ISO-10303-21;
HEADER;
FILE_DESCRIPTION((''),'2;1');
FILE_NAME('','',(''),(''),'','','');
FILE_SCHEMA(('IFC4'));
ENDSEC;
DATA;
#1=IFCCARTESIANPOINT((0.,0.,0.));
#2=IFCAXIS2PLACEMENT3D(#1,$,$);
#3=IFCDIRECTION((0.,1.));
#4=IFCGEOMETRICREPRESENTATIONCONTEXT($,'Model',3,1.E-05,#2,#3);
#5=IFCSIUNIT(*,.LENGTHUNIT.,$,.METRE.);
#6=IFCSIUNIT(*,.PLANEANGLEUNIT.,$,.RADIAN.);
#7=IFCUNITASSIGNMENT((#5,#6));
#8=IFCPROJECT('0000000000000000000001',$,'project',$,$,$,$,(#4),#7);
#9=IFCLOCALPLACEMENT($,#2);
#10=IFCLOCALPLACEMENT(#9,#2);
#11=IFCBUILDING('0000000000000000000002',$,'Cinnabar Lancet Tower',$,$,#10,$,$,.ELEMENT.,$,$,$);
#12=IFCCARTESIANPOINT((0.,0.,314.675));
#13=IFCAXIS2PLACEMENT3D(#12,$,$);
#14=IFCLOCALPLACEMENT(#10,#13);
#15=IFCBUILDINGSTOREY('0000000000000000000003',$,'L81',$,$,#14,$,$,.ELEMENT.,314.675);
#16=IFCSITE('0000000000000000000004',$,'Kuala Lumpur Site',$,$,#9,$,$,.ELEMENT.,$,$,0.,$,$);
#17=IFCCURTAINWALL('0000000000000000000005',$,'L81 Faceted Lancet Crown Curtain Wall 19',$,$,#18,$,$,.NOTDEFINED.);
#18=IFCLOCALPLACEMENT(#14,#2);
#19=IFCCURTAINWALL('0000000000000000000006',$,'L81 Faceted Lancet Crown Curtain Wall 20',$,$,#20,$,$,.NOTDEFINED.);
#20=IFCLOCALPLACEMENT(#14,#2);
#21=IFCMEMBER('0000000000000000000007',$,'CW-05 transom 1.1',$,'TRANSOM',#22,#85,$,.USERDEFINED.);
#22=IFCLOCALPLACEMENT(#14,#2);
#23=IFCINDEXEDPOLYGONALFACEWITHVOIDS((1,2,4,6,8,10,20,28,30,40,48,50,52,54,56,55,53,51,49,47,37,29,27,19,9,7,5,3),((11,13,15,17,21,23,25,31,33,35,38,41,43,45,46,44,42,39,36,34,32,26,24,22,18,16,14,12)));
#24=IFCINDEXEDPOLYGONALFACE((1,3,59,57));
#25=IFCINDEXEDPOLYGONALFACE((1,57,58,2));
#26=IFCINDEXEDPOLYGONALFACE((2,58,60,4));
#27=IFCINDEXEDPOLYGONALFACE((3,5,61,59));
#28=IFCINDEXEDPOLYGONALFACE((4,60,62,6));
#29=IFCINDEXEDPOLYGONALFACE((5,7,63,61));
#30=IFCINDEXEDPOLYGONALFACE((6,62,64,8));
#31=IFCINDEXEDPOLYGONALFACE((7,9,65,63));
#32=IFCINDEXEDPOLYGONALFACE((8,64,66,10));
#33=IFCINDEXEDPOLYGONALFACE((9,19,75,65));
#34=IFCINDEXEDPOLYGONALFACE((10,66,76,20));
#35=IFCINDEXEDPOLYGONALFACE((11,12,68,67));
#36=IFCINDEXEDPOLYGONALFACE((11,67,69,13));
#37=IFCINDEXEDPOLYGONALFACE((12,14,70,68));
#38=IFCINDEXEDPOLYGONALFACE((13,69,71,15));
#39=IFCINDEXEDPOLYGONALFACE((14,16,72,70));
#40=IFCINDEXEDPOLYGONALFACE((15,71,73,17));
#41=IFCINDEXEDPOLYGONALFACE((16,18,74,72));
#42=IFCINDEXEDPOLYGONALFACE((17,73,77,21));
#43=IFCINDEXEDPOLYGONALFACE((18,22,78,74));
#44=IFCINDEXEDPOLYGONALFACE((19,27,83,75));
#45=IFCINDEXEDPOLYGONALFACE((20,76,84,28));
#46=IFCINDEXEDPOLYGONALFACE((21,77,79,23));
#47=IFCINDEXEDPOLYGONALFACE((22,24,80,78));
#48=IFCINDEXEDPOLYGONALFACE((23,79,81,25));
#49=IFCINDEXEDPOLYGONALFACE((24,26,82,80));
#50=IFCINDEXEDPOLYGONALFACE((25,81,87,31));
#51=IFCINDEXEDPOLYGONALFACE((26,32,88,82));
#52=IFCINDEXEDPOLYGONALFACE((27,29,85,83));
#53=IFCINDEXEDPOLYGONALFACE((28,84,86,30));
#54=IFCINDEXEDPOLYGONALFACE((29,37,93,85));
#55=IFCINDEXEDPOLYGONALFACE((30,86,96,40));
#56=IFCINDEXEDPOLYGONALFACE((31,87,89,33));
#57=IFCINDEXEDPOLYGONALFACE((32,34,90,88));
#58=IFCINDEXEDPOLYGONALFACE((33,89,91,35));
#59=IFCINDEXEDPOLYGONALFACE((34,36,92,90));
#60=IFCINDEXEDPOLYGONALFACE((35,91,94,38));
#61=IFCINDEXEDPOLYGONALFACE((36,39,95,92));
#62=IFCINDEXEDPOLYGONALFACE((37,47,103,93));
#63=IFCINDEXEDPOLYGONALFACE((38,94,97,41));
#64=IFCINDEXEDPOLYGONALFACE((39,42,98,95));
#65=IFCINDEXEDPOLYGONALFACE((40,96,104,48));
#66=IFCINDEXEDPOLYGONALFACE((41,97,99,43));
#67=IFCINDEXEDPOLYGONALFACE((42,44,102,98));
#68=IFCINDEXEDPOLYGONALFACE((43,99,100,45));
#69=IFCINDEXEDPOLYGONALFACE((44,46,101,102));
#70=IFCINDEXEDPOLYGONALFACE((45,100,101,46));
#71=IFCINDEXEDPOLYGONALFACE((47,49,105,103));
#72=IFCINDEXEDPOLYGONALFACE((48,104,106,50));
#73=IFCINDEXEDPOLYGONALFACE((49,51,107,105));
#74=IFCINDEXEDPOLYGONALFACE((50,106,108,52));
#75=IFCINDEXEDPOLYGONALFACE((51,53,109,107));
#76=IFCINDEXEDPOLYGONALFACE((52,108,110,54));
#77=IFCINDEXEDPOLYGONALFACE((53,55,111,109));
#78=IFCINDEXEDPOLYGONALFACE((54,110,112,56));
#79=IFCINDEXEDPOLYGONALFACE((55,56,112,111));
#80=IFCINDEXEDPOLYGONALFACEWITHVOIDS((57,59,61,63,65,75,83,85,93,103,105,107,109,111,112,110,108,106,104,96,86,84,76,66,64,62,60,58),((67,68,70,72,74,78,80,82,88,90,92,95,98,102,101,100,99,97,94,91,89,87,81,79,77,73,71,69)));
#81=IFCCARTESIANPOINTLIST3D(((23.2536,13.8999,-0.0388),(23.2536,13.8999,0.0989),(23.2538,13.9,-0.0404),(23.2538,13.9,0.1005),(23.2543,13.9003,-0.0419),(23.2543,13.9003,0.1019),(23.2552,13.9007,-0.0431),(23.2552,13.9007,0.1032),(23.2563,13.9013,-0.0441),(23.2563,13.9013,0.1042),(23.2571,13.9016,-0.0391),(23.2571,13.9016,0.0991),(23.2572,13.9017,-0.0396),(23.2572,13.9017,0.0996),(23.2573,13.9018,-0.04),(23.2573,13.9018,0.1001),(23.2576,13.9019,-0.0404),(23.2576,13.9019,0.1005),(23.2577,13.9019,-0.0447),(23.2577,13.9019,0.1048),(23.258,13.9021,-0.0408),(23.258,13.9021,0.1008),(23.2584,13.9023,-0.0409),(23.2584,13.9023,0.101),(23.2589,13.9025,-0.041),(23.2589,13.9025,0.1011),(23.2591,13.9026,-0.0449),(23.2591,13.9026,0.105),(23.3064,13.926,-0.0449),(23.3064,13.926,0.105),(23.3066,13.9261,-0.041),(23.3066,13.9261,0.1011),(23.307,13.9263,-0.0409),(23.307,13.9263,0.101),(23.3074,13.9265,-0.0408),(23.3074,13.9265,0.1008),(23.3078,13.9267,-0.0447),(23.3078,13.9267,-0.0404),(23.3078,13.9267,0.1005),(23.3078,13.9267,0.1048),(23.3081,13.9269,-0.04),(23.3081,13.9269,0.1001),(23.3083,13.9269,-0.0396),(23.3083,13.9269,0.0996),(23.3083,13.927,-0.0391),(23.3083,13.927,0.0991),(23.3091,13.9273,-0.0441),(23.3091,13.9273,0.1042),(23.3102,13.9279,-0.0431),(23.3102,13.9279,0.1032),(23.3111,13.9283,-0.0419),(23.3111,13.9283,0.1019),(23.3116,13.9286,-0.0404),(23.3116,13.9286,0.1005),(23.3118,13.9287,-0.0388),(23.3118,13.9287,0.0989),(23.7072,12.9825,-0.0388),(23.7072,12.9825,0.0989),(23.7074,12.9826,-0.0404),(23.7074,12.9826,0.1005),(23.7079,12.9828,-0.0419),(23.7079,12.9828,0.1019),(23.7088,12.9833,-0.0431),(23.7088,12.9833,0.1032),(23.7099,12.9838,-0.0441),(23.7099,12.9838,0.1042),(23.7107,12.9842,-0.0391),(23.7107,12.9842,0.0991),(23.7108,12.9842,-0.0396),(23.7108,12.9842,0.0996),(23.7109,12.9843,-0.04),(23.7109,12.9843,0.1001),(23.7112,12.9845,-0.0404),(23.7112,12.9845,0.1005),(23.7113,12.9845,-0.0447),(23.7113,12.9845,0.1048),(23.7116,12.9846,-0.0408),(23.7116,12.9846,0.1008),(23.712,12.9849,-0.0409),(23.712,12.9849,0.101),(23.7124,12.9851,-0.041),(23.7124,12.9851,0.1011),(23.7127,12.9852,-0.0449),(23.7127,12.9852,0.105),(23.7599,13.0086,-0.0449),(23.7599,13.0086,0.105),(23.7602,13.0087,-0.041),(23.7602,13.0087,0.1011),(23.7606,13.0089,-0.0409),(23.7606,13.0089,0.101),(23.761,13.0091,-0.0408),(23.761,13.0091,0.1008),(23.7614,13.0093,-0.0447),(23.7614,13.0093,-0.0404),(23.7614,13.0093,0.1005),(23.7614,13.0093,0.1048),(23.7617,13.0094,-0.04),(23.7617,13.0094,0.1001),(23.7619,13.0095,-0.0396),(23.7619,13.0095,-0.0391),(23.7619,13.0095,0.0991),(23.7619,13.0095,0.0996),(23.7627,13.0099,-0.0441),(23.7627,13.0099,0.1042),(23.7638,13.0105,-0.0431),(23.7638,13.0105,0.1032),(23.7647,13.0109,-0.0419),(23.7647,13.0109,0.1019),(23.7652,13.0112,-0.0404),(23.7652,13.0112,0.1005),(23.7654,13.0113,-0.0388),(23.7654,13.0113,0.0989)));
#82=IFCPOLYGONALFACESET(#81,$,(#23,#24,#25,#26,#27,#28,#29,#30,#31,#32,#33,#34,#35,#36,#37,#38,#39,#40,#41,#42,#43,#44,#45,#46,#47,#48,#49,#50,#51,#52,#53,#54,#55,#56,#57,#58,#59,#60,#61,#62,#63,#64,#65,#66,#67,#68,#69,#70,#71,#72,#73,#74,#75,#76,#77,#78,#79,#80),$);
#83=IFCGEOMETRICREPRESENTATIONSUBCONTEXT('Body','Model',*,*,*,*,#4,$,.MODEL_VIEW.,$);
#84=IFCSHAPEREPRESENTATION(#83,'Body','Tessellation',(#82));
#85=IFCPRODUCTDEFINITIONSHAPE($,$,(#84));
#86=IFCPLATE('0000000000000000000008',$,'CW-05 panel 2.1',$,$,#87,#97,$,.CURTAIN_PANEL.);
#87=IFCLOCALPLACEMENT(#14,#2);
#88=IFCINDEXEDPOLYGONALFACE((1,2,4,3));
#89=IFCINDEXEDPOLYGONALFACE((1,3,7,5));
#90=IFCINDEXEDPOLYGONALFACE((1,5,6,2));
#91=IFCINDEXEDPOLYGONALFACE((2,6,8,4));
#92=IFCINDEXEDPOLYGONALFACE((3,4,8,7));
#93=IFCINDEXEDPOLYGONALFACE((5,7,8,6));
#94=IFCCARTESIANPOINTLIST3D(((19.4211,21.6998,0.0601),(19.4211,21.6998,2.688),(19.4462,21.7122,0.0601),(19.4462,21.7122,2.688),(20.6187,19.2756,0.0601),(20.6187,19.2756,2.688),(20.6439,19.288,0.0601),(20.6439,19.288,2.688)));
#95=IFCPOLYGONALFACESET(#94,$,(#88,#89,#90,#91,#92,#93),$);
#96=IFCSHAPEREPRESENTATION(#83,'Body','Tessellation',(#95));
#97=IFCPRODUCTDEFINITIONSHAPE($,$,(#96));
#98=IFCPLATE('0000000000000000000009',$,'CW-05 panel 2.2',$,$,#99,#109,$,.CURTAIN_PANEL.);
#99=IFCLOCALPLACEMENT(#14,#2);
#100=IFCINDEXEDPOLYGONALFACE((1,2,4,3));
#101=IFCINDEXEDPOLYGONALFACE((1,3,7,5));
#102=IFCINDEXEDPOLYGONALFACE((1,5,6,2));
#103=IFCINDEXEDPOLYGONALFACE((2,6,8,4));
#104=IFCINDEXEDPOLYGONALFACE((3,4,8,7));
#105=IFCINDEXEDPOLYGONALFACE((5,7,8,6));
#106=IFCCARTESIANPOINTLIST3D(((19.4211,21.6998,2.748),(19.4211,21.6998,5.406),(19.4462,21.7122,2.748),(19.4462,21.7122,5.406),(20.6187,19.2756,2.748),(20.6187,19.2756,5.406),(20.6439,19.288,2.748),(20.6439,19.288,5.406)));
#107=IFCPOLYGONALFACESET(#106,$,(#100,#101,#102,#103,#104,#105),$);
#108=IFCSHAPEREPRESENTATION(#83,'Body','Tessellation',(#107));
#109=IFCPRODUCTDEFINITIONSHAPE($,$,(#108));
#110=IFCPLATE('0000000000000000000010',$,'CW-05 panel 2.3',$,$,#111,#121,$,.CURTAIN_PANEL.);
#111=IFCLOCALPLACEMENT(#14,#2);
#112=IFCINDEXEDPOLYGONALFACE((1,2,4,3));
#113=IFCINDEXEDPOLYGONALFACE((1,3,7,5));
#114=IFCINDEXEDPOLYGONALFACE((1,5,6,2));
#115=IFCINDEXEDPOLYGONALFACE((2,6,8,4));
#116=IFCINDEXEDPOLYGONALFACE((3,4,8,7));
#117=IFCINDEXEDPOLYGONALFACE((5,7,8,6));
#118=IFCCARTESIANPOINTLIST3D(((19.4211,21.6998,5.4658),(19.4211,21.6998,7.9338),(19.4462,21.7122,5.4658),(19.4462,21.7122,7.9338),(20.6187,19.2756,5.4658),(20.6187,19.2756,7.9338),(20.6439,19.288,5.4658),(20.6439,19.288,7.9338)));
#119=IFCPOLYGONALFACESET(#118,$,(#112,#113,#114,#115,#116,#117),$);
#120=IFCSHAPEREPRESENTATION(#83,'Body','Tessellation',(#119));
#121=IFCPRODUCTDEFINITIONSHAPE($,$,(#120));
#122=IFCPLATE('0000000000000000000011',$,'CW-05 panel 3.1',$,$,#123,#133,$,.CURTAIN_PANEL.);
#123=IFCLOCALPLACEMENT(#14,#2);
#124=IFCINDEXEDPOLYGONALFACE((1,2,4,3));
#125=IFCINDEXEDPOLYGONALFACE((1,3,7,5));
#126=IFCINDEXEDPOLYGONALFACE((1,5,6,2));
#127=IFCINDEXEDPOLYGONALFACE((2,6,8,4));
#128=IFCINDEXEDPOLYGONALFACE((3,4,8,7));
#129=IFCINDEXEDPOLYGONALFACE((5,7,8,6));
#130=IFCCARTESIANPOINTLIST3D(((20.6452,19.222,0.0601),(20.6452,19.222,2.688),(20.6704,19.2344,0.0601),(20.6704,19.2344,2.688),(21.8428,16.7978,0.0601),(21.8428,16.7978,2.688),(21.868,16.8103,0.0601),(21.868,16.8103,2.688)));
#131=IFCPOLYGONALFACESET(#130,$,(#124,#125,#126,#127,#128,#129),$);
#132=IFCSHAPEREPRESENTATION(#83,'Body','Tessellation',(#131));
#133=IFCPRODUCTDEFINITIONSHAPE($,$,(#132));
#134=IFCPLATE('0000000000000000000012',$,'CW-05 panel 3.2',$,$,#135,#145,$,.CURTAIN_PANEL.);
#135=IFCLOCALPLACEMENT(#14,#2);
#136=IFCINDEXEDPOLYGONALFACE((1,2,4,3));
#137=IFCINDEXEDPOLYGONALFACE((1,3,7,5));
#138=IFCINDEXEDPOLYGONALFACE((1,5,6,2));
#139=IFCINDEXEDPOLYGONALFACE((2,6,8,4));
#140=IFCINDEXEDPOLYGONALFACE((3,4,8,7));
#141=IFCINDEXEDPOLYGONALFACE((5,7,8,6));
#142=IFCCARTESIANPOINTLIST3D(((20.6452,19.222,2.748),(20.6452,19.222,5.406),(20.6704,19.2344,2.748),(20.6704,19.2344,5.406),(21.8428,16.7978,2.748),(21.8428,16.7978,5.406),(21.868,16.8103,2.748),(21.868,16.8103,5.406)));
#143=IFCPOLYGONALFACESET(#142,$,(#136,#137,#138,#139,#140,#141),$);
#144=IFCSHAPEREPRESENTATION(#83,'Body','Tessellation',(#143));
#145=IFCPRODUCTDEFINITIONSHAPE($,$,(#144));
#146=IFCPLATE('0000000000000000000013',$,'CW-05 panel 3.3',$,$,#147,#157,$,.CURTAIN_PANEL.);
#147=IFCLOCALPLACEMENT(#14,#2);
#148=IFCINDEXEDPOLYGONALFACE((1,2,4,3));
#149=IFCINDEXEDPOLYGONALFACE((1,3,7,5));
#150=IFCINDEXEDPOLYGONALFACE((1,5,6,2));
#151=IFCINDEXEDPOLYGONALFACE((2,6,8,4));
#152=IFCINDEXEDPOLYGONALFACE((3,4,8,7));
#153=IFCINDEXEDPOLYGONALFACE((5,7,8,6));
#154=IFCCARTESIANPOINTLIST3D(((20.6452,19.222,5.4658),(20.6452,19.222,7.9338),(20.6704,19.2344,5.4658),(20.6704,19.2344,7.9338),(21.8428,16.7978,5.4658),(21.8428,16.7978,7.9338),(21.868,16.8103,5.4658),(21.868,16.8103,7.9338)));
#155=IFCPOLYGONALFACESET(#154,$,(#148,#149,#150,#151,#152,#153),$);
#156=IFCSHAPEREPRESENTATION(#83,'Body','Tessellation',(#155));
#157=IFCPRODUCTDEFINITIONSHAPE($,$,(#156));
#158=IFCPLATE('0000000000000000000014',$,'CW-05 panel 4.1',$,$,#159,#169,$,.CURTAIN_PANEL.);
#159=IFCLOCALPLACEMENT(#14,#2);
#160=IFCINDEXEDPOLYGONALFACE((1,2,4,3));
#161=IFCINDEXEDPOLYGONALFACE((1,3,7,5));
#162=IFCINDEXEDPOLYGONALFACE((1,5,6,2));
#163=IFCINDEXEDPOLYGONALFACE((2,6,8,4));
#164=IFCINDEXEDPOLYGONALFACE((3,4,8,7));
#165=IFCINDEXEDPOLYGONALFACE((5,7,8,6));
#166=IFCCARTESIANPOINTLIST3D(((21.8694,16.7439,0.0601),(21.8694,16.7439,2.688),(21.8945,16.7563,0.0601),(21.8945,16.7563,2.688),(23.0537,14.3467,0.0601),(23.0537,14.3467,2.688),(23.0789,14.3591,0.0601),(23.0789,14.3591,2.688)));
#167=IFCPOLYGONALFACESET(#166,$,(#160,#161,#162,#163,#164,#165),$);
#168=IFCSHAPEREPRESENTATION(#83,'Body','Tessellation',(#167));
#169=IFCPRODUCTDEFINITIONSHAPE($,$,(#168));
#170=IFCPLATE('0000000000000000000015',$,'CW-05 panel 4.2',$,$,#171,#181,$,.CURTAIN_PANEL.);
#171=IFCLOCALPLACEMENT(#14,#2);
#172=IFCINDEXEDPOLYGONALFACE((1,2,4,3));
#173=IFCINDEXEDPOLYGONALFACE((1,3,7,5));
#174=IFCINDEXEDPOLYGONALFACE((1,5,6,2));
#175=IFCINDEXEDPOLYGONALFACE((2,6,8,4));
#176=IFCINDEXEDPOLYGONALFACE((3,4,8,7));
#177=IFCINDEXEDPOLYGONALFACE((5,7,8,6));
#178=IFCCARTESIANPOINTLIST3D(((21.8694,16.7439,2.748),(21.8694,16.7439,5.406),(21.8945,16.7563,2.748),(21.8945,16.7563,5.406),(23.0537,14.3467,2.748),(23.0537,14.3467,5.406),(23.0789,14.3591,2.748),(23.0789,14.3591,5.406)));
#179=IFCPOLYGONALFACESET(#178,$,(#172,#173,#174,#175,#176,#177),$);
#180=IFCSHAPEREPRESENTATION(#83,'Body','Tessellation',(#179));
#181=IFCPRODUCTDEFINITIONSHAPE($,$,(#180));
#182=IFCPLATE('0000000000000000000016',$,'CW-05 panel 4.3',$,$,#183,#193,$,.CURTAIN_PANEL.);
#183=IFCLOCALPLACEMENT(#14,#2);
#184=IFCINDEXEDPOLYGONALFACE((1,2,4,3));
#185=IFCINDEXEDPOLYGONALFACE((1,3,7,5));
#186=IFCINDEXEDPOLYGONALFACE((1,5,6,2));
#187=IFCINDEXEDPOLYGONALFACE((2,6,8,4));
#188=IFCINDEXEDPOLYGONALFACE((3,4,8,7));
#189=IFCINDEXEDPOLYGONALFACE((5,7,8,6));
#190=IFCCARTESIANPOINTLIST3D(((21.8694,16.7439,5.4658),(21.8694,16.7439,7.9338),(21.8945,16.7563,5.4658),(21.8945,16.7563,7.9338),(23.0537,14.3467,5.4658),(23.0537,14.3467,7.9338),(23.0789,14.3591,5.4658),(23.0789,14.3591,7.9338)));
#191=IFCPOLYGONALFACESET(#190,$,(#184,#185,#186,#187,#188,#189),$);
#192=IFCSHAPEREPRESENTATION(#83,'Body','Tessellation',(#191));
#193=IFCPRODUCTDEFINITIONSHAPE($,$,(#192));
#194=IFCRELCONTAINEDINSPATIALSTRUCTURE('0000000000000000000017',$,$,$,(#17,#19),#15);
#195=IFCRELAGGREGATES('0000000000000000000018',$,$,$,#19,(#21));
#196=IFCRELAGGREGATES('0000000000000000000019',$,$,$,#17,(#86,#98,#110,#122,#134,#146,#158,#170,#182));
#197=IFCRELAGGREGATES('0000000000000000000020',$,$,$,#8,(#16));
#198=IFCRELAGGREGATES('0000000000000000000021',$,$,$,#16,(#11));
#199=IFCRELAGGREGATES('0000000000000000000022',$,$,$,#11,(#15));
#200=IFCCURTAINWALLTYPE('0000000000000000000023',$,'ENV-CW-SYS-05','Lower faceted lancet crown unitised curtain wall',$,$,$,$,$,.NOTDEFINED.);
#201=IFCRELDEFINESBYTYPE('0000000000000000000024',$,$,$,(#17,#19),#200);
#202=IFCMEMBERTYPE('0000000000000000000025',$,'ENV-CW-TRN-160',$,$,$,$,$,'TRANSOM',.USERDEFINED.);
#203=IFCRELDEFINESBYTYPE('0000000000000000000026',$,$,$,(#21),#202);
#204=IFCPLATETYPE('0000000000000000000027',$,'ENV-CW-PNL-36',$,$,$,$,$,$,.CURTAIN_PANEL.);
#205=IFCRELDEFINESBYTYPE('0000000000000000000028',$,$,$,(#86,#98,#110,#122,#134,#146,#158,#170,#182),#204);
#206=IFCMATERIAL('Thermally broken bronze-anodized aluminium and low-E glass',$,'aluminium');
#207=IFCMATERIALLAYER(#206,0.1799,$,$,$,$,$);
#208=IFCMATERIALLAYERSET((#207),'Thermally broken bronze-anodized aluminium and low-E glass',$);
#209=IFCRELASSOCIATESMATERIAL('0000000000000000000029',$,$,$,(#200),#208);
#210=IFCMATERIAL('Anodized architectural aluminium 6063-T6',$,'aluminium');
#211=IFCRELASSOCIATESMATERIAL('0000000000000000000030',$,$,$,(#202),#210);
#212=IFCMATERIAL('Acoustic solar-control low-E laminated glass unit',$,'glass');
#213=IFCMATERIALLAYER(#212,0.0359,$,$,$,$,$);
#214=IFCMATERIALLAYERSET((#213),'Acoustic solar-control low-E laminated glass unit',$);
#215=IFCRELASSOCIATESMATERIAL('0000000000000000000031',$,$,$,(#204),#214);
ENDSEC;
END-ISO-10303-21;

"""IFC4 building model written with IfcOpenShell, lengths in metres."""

from ifc_helpers import new_model, si_unit, direction, frame, origin, origin_2d, place, context, subcontext, project, spatial, rectangle, hollow_rectangle, extrude, material, layer, layer_set, material_profile, profile_set, type_object, element, aggregate, save


model = new_model("IFC4")

# Units and contexts
model_context = context("Model", 3, precision=1e-05, world=origin(), true_north=direction((0.0, 1.0)))
body_context = subcontext(model_context, "Body", "Model", "MODEL_VIEW")
ifc_project = project(units=[si_unit("LENGTHUNIT", "METRE"), si_unit("PLANEANGLEUNIT", "RADIAN")], contexts=[model_context])

# Site, building, storey
site_placement = place(None, origin())
site = spatial("IfcSite", under=ifc_project, at=site_placement, Name="Kuala Lumpur Site", CompositionType="ELEMENT", RefElevation=0.0)
building_placement = place(site_placement, origin())
building = spatial("IfcBuilding", under=site, at=building_placement, Name="Cinnabar Lancet Tower", CompositionType="ELEMENT")
storey_placement = place(building_placement, frame((0.0, 0.0, 314.675)))
storey = spatial("IfcBuildingStorey", under=building, at=storey_placement, Name="L81", CompositionType="ELEMENT", Elevation=314.675)

# Curtain wall
ifc_material_1 = material(Name="Thermally broken bronze-anodized aluminium and low-E glass", Category="aluminium")
ifc_layer_1 = layer(ifc_material_1, 0.1799)
ifc_layer_set_1 = layer_set([ifc_layer_1], Name="Thermally broken bronze-anodized aluminium and low-E glass")
curtain_wall_type = type_object("IfcCurtainWallType", Name="ENV-CW-SYS-05", Description="Lower faceted lancet crown unitised curtain wall", PredefinedType="NOTDEFINED", material=ifc_layer_set_1)
curtain_wall_1_placement = place(storey_placement, origin())
curtain_wall_1 = element("IfcCurtainWall", 1, at=curtain_wall_1_placement, inside=storey, type_object=curtain_wall_type, Name="L81 Faceted Lancet Crown Curtain Wall 19", PredefinedType="NOTDEFINED")

# Curtain wall
curtain_wall_2_placement = place(storey_placement, origin())
curtain_wall_2 = element("IfcCurtainWall", 2, at=curtain_wall_2_placement, inside=storey, type_object=curtain_wall_type, Name="L81 Faceted Lancet Crown Curtain Wall 20", PredefinedType="NOTDEFINED")

# Member
ifc_material_2 = material(Name="Anodized architectural aluminium 6063-T6", Category="aluminium")
ifc_material_profile_1 = material_profile(ifc_material_2, hollow_rectangle(XDim=0.0649, YDim=0.1499, WallThickness=0.0039, InnerFilletRadius=0.002, OuterFilletRadius=0.0061, at=origin_2d()), Name="CW-TRN 150x65x4")
ifc_profile_set_1 = profile_set([ifc_material_profile_1], Name="Anodized architectural aluminium 6063-T6")
member_type_1 = type_object("IfcMemberType", Name="ENV-CW-TRN-160", ElementType="TRANSOM", PredefinedType="USERDEFINED", material=ifc_profile_set_1)
member_1_placement = place(storey_placement, frame((23.2827, 13.9143, 0.03), z_axis=(0.443202, -0.896422, 0.0), x_axis=(0.896422, 0.443202, 0.0)))
member_1 = element("IfcMember", 3, at=member_1_placement, type_object=member_type_1, Name="CW-05 transom 1.1", ObjectType="TRANSOM", PredefinedType="USERDEFINED", context=body_context, shape_type="SweptSolid", body=[
    extrude(hollow_rectangle(XDim=0.0649, YDim=0.1499, WallThickness=0.0039, InnerFilletRadius=0.002, OuterFilletRadius=0.0061, at=origin_2d()), origin(), (0.0, 0.0, 1.0), 1.0234),
])
aggregate(curtain_wall_2, [member_1])

# Plates
ifc_material_3 = material(Name="Acoustic solar-control low-E laminated glass unit", Category="glass")
ifc_layer_2 = layer(ifc_material_3, 0.0359)
ifc_layer_set_2 = layer_set([ifc_layer_2], Name="Acoustic solar-control low-E laminated glass unit")
plate_type = type_object("IfcPlateType", Name="ENV-CW-PNL-36", PredefinedType="CURTAIN_PANEL", material=ifc_layer_set_2)
plate_1_placement = place(storey_placement, frame((20.0325, 20.4939, 0.0601), z_axis=(0.0, 0.0, 1.0), x_axis=(0.442939, -0.896552, 0.0)))
plate_1 = element("IfcPlate", 4, at=plate_1_placement, type_object=plate_type, Name="CW-05 panel 2.1", PredefinedType="CURTAIN_PANEL", context=body_context, shape_type="SweptSolid", body=[
    extrude(rectangle(XDim=2.7039, YDim=0.0281, at=origin_2d()), origin(), (0.0, 0.0, 1.0), 2.6279),
])
plate_2_placement = place(storey_placement, frame((20.0325, 20.4939, 2.748), z_axis=(0.0, 0.0, 1.0), x_axis=(0.442939, -0.896552, 0.0)))
plate_2 = element("IfcPlate", 5, at=plate_2_placement, type_object=plate_type, Name="CW-05 panel 2.2", PredefinedType="CURTAIN_PANEL", context=body_context, shape_type="SweptSolid", body=[
    extrude(rectangle(XDim=2.7039, YDim=0.0281, at=origin_2d()), origin(), (0.0, 0.0, 1.0), 2.658),
])
plate_3_placement = place(storey_placement, frame((20.0325, 20.4939, 5.4658), z_axis=(0.0, 0.0, 1.0), x_axis=(0.442939, -0.896552, 0.0)))
plate_3 = element("IfcPlate", 6, at=plate_3_placement, type_object=plate_type, Name="CW-05 panel 2.3", PredefinedType="CURTAIN_PANEL", context=body_context, shape_type="SweptSolid", body=[
    extrude(rectangle(XDim=2.7039, YDim=0.0281, at=origin_2d()), origin(), (0.0, 0.0, 1.0), 2.468),
])
plate_4_placement = place(storey_placement, frame((21.2566, 18.0161, 0.0601), z_axis=(0.0, 0.0, 1.0), x_axis=(0.442939, -0.896552, 0.0)))
plate_4 = element("IfcPlate", 7, at=plate_4_placement, type_object=plate_type, Name="CW-05 panel 3.1", PredefinedType="CURTAIN_PANEL", context=body_context, shape_type="SweptSolid", body=[
    extrude(rectangle(XDim=2.7039, YDim=0.0281, at=origin_2d()), origin(), (0.0, 0.0, 1.0), 2.6279),
])
plate_5_placement = place(storey_placement, frame((21.2566, 18.0161, 2.748), z_axis=(0.0, 0.0, 1.0), x_axis=(0.442939, -0.896552, 0.0)))
plate_5 = element("IfcPlate", 8, at=plate_5_placement, type_object=plate_type, Name="CW-05 panel 3.2", PredefinedType="CURTAIN_PANEL", context=body_context, shape_type="SweptSolid", body=[
    extrude(rectangle(XDim=2.7039, YDim=0.0281, at=origin_2d()), origin(), (0.0, 0.0, 1.0), 2.658),
])
plate_6_placement = place(storey_placement, frame((21.2566, 18.0161, 5.4658), z_axis=(0.0, 0.0, 1.0), x_axis=(0.442939, -0.896552, 0.0)))
plate_6 = element("IfcPlate", 9, at=plate_6_placement, type_object=plate_type, Name="CW-05 panel 3.3", PredefinedType="CURTAIN_PANEL", context=body_context, shape_type="SweptSolid", body=[
    extrude(rectangle(XDim=2.7039, YDim=0.0281, at=origin_2d()), origin(), (0.0, 0.0, 1.0), 2.468),
])
plate_7_placement = place(storey_placement, frame((22.4741, 15.5515, 0.0601), z_axis=(0.0, 0.0, 1.0), x_axis=(0.442939, -0.896552, 0.0)))
plate_7 = element("IfcPlate", 10, at=plate_7_placement, type_object=plate_type, Name="CW-05 panel 4.1", PredefinedType="CURTAIN_PANEL", context=body_context, shape_type="SweptSolid", body=[
    extrude(rectangle(XDim=2.6738, YDim=0.0281, at=origin_2d()), origin(), (0.0, 0.0, 1.0), 2.6279),
])
plate_8_placement = place(storey_placement, frame((22.4741, 15.5515, 2.748), z_axis=(0.0, 0.0, 1.0), x_axis=(0.442939, -0.896552, 0.0)))
plate_8 = element("IfcPlate", 11, at=plate_8_placement, type_object=plate_type, Name="CW-05 panel 4.2", PredefinedType="CURTAIN_PANEL", context=body_context, shape_type="SweptSolid", body=[
    extrude(rectangle(XDim=2.6738, YDim=0.0281, at=origin_2d()), origin(), (0.0, 0.0, 1.0), 2.658),
])
plate_9_placement = place(storey_placement, frame((22.4741, 15.5515, 5.4658), z_axis=(0.0, 0.0, 1.0), x_axis=(0.442939, -0.896552, 0.0)))
plate_9 = element("IfcPlate", 12, at=plate_9_placement, type_object=plate_type, Name="CW-05 panel 4.3", PredefinedType="CURTAIN_PANEL", context=body_context, shape_type="SweptSolid", body=[
    extrude(rectangle(XDim=2.6738, YDim=0.0281, at=origin_2d()), origin(), (0.0, 0.0, 1.0), 2.468),
])
aggregate(curtain_wall_1, [plate_1, plate_2, plate_3, plate_4, plate_5, plate_6, plate_7, plate_8, plate_9])

save(model, "model.ifc")
